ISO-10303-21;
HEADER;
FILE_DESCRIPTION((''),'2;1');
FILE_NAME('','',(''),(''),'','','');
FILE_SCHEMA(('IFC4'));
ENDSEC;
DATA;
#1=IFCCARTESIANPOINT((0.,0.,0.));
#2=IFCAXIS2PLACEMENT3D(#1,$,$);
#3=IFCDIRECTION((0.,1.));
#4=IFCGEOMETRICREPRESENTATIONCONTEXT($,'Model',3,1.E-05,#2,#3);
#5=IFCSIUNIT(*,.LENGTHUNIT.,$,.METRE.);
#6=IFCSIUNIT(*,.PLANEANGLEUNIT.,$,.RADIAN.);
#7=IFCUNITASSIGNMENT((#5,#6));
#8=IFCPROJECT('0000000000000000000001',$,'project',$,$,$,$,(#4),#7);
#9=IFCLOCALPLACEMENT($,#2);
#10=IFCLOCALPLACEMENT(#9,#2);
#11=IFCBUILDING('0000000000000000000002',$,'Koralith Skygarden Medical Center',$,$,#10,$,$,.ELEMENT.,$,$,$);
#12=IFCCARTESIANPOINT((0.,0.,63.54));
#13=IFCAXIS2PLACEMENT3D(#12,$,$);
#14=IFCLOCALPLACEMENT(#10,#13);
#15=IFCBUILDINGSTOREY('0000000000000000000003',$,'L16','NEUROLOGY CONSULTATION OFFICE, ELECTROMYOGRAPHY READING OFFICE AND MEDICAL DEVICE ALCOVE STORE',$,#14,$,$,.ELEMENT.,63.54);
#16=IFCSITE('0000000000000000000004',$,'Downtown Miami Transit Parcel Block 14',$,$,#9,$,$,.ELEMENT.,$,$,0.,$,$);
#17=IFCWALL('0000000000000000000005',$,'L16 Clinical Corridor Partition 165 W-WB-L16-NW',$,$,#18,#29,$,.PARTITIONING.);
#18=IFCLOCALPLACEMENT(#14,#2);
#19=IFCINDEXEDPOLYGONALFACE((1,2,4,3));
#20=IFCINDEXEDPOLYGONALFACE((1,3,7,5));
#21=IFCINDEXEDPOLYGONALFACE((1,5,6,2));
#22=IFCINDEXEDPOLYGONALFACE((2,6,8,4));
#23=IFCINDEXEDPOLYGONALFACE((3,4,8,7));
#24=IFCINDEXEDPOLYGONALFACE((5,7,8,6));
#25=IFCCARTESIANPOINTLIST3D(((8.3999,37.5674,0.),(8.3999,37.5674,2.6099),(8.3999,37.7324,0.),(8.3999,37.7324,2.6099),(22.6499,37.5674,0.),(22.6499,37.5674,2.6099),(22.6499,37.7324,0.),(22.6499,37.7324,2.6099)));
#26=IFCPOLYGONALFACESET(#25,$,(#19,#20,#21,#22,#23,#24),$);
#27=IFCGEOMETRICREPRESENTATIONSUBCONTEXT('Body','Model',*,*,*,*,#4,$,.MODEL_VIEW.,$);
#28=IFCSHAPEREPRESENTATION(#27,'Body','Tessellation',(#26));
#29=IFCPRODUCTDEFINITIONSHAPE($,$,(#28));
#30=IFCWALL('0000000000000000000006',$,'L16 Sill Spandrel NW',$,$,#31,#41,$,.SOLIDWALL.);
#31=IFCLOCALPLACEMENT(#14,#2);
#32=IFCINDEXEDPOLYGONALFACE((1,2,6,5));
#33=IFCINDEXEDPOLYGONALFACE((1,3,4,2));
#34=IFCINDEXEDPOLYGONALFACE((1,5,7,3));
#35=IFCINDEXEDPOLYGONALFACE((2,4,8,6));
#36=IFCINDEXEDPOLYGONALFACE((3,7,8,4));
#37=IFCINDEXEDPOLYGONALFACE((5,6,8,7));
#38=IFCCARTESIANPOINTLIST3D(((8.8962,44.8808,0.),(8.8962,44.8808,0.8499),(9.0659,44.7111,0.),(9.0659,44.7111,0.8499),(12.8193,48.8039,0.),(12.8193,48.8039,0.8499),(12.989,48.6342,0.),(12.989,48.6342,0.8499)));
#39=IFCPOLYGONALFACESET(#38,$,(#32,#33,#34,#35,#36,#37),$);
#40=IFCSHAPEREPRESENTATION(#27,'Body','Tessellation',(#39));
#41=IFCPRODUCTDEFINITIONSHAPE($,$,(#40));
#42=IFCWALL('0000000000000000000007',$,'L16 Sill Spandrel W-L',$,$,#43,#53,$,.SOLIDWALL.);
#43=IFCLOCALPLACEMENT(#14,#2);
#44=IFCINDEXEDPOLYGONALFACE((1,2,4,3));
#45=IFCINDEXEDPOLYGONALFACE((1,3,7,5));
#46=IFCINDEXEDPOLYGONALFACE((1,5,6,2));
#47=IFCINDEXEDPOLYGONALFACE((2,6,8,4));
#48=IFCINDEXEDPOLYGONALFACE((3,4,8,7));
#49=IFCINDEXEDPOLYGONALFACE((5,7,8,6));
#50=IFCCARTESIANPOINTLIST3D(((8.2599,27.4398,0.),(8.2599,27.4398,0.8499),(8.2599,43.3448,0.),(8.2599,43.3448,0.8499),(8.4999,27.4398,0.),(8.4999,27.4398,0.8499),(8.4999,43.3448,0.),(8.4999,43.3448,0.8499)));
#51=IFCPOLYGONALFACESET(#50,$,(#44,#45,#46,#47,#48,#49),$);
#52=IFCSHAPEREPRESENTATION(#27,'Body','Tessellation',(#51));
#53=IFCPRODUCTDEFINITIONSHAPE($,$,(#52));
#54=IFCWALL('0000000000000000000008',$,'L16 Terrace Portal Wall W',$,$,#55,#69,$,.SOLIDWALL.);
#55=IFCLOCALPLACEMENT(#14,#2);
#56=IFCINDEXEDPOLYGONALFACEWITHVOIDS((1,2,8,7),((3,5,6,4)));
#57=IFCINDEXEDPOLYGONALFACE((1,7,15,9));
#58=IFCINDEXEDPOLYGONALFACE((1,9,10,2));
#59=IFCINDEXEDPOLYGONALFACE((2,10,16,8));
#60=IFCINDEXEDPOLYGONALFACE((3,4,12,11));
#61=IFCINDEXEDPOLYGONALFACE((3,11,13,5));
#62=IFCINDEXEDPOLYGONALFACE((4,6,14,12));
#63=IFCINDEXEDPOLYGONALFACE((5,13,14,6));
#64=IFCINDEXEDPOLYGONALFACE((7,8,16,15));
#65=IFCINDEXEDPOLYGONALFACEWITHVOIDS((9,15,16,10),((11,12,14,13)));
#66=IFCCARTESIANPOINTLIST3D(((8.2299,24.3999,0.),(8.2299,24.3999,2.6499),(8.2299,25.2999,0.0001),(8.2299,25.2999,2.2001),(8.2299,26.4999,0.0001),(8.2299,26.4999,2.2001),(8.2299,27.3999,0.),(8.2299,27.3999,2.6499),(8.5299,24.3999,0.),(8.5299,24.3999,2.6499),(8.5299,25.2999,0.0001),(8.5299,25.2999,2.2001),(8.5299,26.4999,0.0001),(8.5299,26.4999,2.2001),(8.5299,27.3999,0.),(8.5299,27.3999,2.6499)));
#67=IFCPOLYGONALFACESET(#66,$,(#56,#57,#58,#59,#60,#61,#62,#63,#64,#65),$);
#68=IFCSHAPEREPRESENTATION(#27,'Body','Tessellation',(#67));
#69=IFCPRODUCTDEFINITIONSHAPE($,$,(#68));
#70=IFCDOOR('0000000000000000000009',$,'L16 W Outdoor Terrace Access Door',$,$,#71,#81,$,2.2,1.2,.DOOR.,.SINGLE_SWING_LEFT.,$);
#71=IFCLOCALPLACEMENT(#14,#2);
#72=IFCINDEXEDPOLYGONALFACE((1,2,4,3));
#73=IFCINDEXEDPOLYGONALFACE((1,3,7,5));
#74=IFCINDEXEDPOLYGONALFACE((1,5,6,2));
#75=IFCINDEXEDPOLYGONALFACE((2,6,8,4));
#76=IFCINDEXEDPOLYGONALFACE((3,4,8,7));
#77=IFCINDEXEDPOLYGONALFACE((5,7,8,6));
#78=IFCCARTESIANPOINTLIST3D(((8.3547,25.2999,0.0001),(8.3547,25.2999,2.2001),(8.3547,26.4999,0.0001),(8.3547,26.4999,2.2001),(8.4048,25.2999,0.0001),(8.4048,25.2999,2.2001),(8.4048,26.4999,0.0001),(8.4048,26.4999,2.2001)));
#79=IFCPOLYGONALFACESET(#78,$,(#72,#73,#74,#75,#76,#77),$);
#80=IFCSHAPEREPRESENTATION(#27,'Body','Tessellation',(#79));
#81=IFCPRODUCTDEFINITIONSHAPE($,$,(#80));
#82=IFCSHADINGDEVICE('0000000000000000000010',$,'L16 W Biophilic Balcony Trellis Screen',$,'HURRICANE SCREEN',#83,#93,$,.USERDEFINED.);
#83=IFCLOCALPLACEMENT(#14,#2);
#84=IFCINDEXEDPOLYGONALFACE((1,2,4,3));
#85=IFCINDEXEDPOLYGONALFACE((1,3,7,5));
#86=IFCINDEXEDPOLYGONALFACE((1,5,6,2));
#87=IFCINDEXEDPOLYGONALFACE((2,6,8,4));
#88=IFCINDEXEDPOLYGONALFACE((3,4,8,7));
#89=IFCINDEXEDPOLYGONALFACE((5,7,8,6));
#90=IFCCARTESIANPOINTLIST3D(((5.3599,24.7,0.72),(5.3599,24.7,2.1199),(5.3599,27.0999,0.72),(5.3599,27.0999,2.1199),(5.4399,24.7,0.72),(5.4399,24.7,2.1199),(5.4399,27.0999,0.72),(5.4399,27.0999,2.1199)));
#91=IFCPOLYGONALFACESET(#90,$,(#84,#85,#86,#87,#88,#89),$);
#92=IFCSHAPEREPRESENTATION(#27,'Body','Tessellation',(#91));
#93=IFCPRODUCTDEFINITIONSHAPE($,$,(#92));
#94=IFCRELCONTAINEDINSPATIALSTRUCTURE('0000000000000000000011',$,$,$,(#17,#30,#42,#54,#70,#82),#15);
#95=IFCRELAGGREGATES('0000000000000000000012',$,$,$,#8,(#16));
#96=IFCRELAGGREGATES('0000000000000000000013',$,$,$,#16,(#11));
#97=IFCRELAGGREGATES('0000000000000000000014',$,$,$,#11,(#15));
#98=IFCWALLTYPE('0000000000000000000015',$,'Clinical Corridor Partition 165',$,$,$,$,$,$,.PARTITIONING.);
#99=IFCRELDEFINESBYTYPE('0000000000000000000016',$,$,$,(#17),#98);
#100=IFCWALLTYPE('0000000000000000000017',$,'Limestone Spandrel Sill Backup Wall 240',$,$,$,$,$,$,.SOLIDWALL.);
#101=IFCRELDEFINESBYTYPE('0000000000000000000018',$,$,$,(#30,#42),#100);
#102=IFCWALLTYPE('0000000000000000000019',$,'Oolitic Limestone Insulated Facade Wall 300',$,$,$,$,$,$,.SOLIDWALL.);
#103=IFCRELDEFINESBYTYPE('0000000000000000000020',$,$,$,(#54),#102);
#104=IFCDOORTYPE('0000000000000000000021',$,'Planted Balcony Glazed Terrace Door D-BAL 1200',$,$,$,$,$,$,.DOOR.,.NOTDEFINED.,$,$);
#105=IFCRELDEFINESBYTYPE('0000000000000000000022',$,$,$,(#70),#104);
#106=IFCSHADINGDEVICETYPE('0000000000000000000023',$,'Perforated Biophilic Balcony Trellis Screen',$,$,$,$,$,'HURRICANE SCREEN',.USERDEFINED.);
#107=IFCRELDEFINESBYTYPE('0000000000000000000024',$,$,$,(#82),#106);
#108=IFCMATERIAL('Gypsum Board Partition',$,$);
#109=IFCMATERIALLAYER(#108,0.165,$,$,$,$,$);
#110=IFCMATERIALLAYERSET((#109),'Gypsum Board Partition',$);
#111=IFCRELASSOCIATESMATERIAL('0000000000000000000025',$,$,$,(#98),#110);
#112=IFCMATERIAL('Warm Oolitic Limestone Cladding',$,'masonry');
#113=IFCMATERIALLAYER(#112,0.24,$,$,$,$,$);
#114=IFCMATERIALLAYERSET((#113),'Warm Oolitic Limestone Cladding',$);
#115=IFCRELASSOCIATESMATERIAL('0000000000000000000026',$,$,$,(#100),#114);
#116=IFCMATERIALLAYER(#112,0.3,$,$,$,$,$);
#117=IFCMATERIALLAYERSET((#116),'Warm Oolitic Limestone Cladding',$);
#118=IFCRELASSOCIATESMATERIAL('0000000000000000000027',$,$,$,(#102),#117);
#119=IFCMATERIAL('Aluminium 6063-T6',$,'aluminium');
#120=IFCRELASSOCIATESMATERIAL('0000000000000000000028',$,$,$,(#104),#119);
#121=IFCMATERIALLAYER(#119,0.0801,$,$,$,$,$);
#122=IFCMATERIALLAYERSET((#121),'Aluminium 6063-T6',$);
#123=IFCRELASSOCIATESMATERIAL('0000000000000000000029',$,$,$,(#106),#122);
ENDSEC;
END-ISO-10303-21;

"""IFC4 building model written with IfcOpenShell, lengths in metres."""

from ifc_helpers import new_model, si_unit, direction, frame, frame_2d, origin, origin_2d, place, context, subcontext, project, spatial, rectangle, extrude, material, layer, layer_set, type_object, element, fill, save


model = new_model("IFC4")

# Units and contexts
model_context = context("Model", 3, precision=1e-05, world=origin(), true_north=direction((0.0, 1.0)))
body_context = subcontext(model_context, "Body", "Model", "MODEL_VIEW")
ifc_project = project(units=[si_unit("LENGTHUNIT", "METRE"), si_unit("PLANEANGLEUNIT", "RADIAN")], contexts=[model_context])

# Site, building, storey
site_placement = place(None, origin())
site = spatial("IfcSite", under=ifc_project, at=site_placement, Name="Downtown Miami Transit Parcel Block 14", CompositionType="ELEMENT", RefElevation=0.0)
building_placement = place(site_placement, origin())
building = spatial("IfcBuilding", under=site, at=building_placement, Name="Koralith Skygarden Medical Center", CompositionType="ELEMENT")
storey_placement = place(building_placement, frame((0.0, 0.0, 63.54)))
storey = spatial("IfcBuildingStorey", under=building, at=storey_placement, Name="L16", Description="NEUROLOGY CONSULTATION OFFICE, ELECTROMYOGRAPHY READING OFFICE AND MEDICAL DEVICE ALCOVE STORE", CompositionType="ELEMENT", Elevation=63.54)

# Shared definitions
ifc_material_1 = material(Name="Aluminium 6063-T6", Category="aluminium")

# Shared definitions
ifc_material_2 = material(Name="Warm Oolitic Limestone Cladding", Category="masonry")

# Wall
ifc_material_3 = material(Name="Gypsum Board Partition")
ifc_layer_1 = layer(ifc_material_3, 0.165)
ifc_layer_set_1 = layer_set([ifc_layer_1], Name="Gypsum Board Partition")
wall_type_1 = type_object("IfcWallType", Name="Clinical Corridor Partition 165", PredefinedType="PARTITIONING", material=ifc_layer_set_1)
wall_1_placement = place(storey_placement, frame((8.3999, 37.6499, 0.0), z_axis=(0.0, 0.0, 1.0), x_axis=(1.0, 0.0, 0.0)))
element("IfcWall", 1, at=wall_1_placement, inside=storey, type_object=wall_type_1, Name="L16 Clinical Corridor Partition 165 W-WB-L16-NW", PredefinedType="PARTITIONING", context=body_context, shape_type="SweptSolid", body=[
    extrude(rectangle(XDim=14.25, YDim=0.165, at=frame_2d((7.125, 0.0))), origin(), (0.0, 0.0, 1.0), 2.6099),
])

# Walls
ifc_layer_2 = layer(ifc_material_2, 0.24)
ifc_layer_set_2 = layer_set([ifc_layer_2], Name="Warm Oolitic Limestone Cladding")
wall_type_2 = type_object("IfcWallType", Name="Limestone Spandrel Sill Backup Wall 240", PredefinedType="SOLIDWALL", material=ifc_layer_set_2)
wall_2_placement = place(storey_placement, frame((12.9041, 48.719, 0.0), z_axis=(0.0, 0.0, 1.0), x_axis=(-0.707107, -0.707107, 0.0)))
element("IfcWall", 2, at=wall_2_placement, inside=storey, type_object=wall_type_2, Name="L16 Sill Spandrel NW", PredefinedType="SOLIDWALL", context=body_context, shape_type="SweptSolid", body=[
    extrude(rectangle(XDim=5.5481, YDim=0.24, at=frame_2d((2.7739, 0.0))), origin(), (0.0, 0.0, 1.0), 0.8499),
])
wall_3_placement = place(storey_placement, frame((8.3799, 43.345, 0.0), z_axis=(0.0, 0.0, 1.0), x_axis=(0.0, -1.0, 0.0)))
element("IfcWall", 3, at=wall_3_placement, inside=storey, type_object=wall_type_2, Name="L16 Sill Spandrel W-L", PredefinedType="SOLIDWALL", context=body_context, shape_type="SweptSolid", body=[
    extrude(rectangle(XDim=15.905, YDim=0.24, at=frame_2d((7.9526, 0.0))), origin(), (0.0, 0.0, 1.0), 0.8499),
])

# Wall, opening, door
ifc_layer_3 = layer(ifc_material_2, 0.3)
ifc_layer_set_3 = layer_set([ifc_layer_3], Name="Warm Oolitic Limestone Cladding")
wall_type_3 = type_object("IfcWallType", Name="Oolitic Limestone Insulated Facade Wall 300", PredefinedType="SOLIDWALL", material=ifc_layer_set_3)
wall_4_placement = place(storey_placement, frame((8.3799, 27.3999, 0.0), z_axis=(0.0, 0.0, 1.0), x_axis=(0.0, -1.0, 0.0)))
wall_4 = element("IfcWall", 4, at=wall_4_placement, inside=storey, type_object=wall_type_3, Name="L16 Terrace Portal Wall W", PredefinedType="SOLIDWALL", context=body_context, shape_type="SweptSolid", body=[
    extrude(rectangle(XDim=3.0, YDim=0.3, at=frame_2d((1.5, 0.0))), origin(), (0.0, 0.0, 1.0), 2.6499),
])
opening_1_placement = place(wall_4_placement, frame((0.8999, 0.0, 0.0)))
opening_1 = element("IfcOpeningElement", 5, at=opening_1_placement, cuts=wall_4, PredefinedType="OPENING", context=body_context, shape_type="SweptSolid", body=[
    extrude(rectangle(XDim=1.2, YDim=2.2, at=frame_2d((0.6001, 1.1001))), frame((0.0, 0.1599, 0.0), z_axis=(0.0, -1.0, 0.0), x_axis=(1.0, 0.0, 0.0)), (0.0, 0.0, 1.0), 0.3201),
])
door_type_1 = type_object("IfcDoorType", Name="Planted Balcony Glazed Terrace Door D-BAL 1200", OperationType="NOTDEFINED", PredefinedType="DOOR", material=ifc_material_1)
door_1_placement = place(opening_1_placement, origin())
door_1 = element("IfcDoor", 6, at=door_1_placement, inside=storey, type_object=door_type_1, Name="L16 W Outdoor Terrace Access Door", OperationType="SINGLE_SWING_LEFT", OverallHeight=2.2, OverallWidth=1.2, PredefinedType="DOOR", context=body_context, shape_type="SweptSolid", body=[
    extrude(rectangle(XDim=1.2, YDim=2.2, at=frame_2d((0.6001, 1.1001))), frame((0.0, 0.0249, 0.0), z_axis=(0.0, -1.0, 0.0), x_axis=(1.0, 0.0, 0.0)), (0.0, 0.0, 1.0), 0.05),
])
fill(opening_1, door_1)

# Shading device
ifc_layer_4 = layer(ifc_material_1, 0.0801)
ifc_layer_set_4 = layer_set([ifc_layer_4], Name="Aluminium 6063-T6")
shading_device_type = type_object("IfcShadingDeviceType", Name="Perforated Biophilic Balcony Trellis Screen", ElementType="HURRICANE SCREEN", PredefinedType="USERDEFINED", material=ifc_layer_set_4)
shading_device_placement = place(storey_placement, frame((5.3999, 25.8999, 0.72), z_axis=(0.0, 0.0, 1.0), x_axis=(0.0, 1.0, 0.0)))
element("IfcShadingDevice", 7, at=shading_device_placement, inside=storey, type_object=shading_device_type, Name="L16 W Biophilic Balcony Trellis Screen", ObjectType="HURRICANE SCREEN", PredefinedType="USERDEFINED", context=body_context, shape_type="SweptSolid", body=[
    extrude(rectangle(XDim=2.3999, YDim=0.0801, at=origin_2d()), origin(), (0.0, 0.0, 1.0), 1.3999),
])

save(model, "model.ifc")
